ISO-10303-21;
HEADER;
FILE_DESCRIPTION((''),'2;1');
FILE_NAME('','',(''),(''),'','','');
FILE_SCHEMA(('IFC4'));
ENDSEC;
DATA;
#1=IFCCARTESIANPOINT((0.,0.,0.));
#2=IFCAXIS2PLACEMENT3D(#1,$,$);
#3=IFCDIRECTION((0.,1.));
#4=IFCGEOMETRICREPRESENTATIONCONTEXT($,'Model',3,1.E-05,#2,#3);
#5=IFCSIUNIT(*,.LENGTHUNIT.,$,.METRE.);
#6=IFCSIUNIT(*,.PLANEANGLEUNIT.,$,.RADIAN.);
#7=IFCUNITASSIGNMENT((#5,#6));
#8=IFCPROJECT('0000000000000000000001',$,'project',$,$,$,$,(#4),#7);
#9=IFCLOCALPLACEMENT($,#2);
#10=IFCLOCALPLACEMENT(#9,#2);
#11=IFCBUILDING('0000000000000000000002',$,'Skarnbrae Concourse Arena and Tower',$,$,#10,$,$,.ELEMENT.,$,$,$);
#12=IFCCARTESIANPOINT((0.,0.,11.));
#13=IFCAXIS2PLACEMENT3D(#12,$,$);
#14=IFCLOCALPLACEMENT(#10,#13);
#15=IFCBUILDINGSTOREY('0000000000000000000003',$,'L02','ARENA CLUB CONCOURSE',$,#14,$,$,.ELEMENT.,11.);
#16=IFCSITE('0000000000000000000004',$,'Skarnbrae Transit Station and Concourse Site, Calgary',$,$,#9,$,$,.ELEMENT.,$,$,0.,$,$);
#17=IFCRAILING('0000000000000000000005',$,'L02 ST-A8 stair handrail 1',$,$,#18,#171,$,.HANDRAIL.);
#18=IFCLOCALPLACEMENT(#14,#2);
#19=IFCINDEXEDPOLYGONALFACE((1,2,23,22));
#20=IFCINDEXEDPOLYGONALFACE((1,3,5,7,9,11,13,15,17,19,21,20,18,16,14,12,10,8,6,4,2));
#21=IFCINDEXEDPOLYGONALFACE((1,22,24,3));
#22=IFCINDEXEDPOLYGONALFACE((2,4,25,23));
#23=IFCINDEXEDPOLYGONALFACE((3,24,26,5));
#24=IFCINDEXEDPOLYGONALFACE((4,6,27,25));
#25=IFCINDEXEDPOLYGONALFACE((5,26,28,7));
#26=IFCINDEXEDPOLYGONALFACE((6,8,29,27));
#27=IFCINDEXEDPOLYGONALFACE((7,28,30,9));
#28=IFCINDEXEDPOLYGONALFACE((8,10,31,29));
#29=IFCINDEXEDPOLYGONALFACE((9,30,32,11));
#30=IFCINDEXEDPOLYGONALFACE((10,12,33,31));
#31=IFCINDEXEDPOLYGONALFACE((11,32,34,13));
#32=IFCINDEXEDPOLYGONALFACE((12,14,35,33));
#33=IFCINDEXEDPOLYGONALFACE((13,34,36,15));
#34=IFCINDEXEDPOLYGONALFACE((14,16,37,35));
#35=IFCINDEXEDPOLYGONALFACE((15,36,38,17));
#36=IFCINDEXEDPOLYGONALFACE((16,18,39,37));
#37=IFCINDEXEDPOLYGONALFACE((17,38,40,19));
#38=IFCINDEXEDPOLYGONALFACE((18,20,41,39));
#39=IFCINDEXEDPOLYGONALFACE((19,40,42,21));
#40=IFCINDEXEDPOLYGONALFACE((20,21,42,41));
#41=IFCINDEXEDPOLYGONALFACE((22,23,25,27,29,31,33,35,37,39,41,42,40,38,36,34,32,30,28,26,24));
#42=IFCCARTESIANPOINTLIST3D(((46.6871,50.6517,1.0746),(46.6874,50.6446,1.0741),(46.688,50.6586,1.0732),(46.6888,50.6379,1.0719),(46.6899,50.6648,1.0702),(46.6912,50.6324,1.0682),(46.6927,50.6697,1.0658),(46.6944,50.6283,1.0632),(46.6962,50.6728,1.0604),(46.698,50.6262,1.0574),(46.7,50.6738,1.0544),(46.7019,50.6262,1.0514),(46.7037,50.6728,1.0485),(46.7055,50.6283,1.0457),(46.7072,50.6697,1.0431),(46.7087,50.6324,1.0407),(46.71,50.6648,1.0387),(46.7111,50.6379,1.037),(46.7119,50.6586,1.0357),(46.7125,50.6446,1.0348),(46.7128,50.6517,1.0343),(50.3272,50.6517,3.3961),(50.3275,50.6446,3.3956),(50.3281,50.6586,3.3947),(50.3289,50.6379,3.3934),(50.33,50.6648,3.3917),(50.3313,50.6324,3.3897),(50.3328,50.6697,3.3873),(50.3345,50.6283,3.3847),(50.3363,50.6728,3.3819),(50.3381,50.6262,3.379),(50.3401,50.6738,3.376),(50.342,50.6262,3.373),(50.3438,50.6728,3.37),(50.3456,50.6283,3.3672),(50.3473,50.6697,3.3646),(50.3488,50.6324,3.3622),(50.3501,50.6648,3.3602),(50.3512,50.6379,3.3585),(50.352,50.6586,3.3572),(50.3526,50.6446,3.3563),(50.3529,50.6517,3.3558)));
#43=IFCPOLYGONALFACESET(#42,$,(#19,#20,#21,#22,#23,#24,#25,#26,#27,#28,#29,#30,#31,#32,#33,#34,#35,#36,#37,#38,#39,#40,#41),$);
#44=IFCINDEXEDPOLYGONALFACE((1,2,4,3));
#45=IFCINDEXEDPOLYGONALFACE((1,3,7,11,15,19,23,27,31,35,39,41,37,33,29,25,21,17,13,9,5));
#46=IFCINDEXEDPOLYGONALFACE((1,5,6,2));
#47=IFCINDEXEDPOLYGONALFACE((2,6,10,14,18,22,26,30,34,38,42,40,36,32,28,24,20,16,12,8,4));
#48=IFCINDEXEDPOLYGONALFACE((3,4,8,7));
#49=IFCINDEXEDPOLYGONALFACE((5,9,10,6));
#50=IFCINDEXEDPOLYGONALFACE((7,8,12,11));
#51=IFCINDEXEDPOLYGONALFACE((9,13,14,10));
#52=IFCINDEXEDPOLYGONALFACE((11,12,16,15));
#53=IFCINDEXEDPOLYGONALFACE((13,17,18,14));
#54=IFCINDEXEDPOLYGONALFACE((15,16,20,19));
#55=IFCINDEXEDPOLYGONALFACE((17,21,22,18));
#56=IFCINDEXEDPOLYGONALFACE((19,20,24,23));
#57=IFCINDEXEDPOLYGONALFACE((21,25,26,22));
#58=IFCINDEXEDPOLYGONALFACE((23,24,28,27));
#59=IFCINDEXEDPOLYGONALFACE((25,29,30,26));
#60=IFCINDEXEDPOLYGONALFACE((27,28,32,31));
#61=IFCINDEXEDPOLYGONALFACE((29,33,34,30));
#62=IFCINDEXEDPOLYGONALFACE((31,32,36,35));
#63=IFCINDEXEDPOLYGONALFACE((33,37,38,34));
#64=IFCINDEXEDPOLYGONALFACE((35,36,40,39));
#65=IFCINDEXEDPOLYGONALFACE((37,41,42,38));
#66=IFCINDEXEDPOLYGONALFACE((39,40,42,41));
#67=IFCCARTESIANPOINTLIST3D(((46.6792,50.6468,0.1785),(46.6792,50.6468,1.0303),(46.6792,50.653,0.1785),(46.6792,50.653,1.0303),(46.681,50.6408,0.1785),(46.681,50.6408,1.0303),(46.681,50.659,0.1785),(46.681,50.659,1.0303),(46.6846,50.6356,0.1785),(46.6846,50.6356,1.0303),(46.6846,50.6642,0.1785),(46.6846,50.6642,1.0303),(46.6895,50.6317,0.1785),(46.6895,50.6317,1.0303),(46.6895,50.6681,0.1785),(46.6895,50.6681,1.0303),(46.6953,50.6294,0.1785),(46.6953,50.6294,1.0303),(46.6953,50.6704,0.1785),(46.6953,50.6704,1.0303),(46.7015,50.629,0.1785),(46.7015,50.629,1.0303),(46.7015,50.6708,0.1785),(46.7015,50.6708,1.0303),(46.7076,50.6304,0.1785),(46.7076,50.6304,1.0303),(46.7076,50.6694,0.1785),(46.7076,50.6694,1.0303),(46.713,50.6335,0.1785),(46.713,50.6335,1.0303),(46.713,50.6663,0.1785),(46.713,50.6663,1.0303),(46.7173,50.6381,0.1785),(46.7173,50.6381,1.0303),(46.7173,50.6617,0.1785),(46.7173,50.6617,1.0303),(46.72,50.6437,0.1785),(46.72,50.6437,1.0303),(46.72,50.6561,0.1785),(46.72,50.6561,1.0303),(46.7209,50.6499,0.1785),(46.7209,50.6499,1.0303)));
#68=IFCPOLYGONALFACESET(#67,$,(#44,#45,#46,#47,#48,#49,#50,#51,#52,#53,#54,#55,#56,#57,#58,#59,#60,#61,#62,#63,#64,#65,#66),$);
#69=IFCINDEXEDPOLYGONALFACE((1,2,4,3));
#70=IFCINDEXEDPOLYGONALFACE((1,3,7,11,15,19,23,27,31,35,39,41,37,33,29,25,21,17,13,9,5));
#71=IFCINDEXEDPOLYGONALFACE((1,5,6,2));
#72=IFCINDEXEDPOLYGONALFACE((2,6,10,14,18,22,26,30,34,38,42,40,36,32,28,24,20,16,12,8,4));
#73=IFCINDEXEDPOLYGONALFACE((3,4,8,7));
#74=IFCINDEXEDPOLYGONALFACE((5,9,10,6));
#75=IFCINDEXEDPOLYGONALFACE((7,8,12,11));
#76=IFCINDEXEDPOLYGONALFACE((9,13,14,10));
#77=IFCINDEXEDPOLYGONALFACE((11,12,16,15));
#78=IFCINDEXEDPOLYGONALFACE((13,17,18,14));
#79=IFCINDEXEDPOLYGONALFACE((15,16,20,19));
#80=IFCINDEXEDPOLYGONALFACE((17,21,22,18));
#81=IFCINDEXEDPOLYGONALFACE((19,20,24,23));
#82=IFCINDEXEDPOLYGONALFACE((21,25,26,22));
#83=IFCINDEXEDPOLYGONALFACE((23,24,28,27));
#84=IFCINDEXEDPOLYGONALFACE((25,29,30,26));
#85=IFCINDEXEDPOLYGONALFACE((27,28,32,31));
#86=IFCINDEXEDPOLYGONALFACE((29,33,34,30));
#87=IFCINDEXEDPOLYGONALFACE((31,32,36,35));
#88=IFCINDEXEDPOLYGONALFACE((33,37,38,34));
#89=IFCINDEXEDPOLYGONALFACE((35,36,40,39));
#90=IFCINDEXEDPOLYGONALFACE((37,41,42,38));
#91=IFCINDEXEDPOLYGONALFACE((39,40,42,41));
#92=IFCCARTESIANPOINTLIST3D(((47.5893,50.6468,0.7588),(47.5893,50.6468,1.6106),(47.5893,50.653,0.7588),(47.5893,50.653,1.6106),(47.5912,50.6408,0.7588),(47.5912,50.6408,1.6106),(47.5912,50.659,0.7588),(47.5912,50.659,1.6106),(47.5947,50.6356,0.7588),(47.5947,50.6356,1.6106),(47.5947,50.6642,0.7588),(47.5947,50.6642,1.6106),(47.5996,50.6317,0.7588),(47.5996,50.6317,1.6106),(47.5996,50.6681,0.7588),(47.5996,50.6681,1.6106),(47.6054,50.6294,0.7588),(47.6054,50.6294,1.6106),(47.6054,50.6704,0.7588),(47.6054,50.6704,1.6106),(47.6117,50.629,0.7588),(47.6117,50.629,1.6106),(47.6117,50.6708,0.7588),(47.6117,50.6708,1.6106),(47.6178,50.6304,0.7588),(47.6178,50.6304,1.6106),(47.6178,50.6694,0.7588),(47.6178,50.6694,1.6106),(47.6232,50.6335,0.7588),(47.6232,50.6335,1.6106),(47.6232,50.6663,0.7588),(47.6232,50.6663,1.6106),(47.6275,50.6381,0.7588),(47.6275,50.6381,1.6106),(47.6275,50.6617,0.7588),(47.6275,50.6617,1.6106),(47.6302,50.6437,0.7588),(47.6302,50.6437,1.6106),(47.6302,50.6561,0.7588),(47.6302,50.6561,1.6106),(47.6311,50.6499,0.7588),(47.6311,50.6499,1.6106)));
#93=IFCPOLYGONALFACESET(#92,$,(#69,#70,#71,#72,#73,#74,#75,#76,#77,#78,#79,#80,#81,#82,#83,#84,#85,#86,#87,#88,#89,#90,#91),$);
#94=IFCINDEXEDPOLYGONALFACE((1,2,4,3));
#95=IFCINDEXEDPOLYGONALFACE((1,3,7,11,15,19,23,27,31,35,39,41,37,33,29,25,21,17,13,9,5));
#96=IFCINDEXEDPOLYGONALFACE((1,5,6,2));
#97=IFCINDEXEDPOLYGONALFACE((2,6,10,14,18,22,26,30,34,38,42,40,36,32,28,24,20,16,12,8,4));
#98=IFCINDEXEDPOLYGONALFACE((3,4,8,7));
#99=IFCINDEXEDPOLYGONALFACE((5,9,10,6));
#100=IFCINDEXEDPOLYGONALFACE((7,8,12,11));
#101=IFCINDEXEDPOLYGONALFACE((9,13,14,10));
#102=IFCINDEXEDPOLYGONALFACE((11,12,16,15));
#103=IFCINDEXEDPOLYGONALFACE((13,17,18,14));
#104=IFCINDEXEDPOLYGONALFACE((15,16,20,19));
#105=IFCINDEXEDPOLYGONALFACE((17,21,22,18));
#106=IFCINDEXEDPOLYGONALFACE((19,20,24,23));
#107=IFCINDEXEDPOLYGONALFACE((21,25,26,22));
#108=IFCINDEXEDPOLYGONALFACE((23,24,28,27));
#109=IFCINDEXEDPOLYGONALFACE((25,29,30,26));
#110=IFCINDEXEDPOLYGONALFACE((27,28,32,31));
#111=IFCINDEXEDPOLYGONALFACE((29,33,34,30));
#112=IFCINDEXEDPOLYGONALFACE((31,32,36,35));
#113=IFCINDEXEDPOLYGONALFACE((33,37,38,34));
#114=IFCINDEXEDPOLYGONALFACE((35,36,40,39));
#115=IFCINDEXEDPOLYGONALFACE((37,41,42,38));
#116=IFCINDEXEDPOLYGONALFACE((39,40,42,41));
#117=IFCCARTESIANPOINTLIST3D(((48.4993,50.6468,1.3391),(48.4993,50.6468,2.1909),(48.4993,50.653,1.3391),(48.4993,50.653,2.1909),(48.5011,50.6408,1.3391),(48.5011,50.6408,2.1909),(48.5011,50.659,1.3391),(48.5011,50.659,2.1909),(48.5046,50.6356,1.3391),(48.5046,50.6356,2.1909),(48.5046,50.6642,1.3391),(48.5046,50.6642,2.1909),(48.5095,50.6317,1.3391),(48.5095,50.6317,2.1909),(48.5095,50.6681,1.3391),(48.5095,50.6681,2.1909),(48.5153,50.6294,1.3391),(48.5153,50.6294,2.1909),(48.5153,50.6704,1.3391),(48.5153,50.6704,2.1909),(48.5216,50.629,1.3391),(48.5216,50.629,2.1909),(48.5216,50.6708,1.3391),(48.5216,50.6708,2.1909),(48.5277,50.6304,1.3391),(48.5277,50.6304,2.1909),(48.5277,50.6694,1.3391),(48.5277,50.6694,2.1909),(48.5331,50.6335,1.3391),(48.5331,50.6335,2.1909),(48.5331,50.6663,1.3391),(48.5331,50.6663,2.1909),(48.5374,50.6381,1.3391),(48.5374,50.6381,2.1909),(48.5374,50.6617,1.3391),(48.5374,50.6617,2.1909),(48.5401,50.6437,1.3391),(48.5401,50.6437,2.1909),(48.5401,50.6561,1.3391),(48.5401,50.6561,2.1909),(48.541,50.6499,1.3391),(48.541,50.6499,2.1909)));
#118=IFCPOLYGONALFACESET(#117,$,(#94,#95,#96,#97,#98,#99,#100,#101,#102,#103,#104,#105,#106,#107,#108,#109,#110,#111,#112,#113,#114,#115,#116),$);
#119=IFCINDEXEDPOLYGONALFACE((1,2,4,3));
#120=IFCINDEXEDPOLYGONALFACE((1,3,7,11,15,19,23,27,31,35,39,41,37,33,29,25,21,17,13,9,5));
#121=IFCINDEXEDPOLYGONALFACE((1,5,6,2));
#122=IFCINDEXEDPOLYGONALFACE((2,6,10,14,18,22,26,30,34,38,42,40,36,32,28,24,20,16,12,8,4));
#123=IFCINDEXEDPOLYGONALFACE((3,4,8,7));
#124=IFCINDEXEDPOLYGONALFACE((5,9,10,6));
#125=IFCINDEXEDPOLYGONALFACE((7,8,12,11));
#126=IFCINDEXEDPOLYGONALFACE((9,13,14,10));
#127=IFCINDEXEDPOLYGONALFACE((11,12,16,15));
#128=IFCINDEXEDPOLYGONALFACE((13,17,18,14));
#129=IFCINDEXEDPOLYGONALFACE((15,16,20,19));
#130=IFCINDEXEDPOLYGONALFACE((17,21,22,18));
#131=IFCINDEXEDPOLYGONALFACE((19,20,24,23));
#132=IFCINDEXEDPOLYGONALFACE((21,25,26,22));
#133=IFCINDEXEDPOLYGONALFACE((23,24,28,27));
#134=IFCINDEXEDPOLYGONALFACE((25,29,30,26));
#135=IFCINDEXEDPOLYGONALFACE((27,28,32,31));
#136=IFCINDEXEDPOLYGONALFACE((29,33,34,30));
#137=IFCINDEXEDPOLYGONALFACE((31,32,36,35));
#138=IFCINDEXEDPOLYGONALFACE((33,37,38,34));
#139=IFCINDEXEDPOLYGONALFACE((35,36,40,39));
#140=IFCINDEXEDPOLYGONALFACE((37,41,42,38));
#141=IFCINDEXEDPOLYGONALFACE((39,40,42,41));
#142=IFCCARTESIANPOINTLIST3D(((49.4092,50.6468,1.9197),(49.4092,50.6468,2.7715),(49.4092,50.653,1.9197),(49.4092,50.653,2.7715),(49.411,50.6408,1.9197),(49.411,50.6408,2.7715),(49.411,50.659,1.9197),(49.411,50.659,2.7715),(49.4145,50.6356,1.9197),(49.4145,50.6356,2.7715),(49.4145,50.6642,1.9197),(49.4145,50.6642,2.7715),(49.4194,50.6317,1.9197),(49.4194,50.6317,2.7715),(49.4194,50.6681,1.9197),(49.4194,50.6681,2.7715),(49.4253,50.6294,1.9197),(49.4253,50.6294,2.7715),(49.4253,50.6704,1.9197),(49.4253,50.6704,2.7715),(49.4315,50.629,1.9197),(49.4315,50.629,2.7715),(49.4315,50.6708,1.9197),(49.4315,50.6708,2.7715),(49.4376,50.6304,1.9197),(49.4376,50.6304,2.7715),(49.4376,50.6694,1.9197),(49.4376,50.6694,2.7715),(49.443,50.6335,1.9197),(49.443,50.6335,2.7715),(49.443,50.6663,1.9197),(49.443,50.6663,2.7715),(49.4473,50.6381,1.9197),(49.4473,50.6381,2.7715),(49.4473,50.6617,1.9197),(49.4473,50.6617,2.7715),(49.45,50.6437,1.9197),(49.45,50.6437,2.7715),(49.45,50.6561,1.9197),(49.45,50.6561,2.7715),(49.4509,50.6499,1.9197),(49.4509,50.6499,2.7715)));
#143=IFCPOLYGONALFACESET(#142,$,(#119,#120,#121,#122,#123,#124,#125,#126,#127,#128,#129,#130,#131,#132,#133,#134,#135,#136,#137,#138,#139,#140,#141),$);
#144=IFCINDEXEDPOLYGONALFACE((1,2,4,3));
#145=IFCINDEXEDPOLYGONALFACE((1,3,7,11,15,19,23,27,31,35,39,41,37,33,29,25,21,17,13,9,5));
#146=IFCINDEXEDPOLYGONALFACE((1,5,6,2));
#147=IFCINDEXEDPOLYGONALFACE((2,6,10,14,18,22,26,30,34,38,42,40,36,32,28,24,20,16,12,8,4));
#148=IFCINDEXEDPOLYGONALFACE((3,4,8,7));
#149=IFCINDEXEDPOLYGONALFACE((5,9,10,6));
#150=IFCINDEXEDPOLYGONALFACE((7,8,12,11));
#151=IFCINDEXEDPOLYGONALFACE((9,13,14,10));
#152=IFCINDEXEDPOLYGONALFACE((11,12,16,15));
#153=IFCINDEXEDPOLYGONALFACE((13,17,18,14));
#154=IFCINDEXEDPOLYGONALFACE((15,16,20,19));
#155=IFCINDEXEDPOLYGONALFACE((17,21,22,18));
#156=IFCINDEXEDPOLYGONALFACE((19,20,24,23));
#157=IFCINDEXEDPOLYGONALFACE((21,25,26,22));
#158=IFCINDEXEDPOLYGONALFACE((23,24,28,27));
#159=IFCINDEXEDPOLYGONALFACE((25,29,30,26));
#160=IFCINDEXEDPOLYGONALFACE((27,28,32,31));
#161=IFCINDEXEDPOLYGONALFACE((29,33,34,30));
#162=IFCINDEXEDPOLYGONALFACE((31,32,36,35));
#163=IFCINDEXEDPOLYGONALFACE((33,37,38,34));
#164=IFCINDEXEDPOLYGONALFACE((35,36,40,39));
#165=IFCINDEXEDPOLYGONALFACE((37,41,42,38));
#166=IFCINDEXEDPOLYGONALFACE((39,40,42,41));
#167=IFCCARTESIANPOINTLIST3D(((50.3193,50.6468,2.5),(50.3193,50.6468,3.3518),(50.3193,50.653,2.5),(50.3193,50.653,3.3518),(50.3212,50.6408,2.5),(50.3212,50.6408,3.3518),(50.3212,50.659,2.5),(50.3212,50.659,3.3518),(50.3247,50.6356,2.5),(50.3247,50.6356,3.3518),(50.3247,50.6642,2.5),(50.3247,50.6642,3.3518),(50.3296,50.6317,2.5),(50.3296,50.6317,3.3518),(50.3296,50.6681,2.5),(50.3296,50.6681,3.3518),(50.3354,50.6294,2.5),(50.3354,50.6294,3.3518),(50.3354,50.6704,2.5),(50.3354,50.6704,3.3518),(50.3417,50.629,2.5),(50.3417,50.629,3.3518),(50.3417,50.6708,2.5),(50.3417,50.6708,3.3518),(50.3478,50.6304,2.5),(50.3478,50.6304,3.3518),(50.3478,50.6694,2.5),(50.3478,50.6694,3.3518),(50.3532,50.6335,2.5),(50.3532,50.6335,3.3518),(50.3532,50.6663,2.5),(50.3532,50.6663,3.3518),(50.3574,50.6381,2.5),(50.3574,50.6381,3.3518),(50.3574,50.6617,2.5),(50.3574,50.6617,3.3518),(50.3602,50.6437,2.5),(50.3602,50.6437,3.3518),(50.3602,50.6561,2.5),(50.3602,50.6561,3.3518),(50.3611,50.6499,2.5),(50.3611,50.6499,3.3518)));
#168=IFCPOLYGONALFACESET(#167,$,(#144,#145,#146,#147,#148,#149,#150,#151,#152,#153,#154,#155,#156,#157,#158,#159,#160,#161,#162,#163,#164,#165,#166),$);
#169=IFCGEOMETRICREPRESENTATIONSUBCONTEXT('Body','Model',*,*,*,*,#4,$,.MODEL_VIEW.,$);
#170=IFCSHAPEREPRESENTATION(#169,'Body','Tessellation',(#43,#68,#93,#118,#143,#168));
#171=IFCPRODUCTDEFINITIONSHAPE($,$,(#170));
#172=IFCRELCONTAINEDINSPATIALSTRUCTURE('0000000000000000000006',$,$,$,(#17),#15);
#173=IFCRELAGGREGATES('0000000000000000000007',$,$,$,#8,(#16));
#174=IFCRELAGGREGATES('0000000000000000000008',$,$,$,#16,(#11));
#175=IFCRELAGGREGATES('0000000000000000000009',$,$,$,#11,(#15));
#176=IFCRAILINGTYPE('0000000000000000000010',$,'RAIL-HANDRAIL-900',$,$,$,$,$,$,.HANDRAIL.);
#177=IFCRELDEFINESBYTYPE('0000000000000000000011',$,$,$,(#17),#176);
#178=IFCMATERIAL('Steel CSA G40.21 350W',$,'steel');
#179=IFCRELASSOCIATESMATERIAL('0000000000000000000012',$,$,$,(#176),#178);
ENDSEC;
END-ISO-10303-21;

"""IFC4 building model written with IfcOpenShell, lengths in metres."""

from ifc_helpers import new_model, si_unit, direction, frame, origin, origin_2d, place, context, subcontext, project, spatial, circle, extrude, material, type_object, element, save


model = new_model("IFC4")

# Units and contexts
model_context = context("Model", 3, precision=1e-05, world=origin(), true_north=direction((0.0, 1.0)))
body_context = subcontext(model_context, "Body", "Model", "MODEL_VIEW")
ifc_project = project(units=[si_unit("LENGTHUNIT", "METRE"), si_unit("PLANEANGLEUNIT", "RADIAN")], contexts=[model_context])

# Site, building, storey
site_placement = place(None, origin())
site = spatial("IfcSite", under=ifc_project, at=site_placement, Name="Skarnbrae Transit Station and Concourse Site, Calgary", CompositionType="ELEMENT", RefElevation=0.0)
building_placement = place(site_placement, origin())
building = spatial("IfcBuilding", under=site, at=building_placement, Name="Skarnbrae Concourse Arena and Tower", CompositionType="ELEMENT")
storey_placement = place(building_placement, frame((0.0, 0.0, 11.0)))
storey = spatial("IfcBuildingStorey", under=building, at=storey_placement, Name="L02", Description="ARENA CLUB CONCOURSE", CompositionType="ELEMENT", Elevation=11.0)

# Shared definitions
ifc_material_1 = material(Name="Steel CSA G40.21 350W", Category="steel")

# Railing
railing_type_1 = type_object("IfcRailingType", Name="RAIL-HANDRAIL-900", PredefinedType="HANDRAIL", material=ifc_material_1)
railing_1_placement = place(storey_placement, frame((46.7, 50.6499, 0.1785)))
element("IfcRailing", 1, at=railing_1_placement, inside=storey, type_object=railing_type_1, Name="L02 ST-A8 stair handrail 1", PredefinedType="HANDRAIL", context=body_context, shape_type="SweptSolid", body=[
    extrude(circle(Radius=0.0239, at=origin_2d()), frame((0.0, 0.0, 0.876), z_axis=(0.843128, 0.0, 0.537713), x_axis=(0.0, 1.0, 0.0)), (0.0, 0.0, 1.0), 4.3174),
    extrude(circle(Radius=0.021, at=origin_2d()), origin(), (0.0, 0.0, 1.0), 0.8518),
    extrude(circle(Radius=0.021, at=origin_2d()), frame((0.9102, 0.0, 0.5803)), (0.0, 0.0, 1.0), 0.8518),
    extrude(circle(Radius=0.021, at=origin_2d()), frame((1.8201, 0.0, 1.1606)), (0.0, 0.0, 1.0), 0.8518),
    extrude(circle(Radius=0.021, at=origin_2d()), frame((2.73, 0.0, 1.7412)), (0.0, 0.0, 1.0), 0.8518),
    extrude(circle(Radius=0.021, at=origin_2d()), frame((3.6401, 0.0, 2.3215)), (0.0, 0.0, 1.0), 0.8518),
])

save(model, "model.ifc")
